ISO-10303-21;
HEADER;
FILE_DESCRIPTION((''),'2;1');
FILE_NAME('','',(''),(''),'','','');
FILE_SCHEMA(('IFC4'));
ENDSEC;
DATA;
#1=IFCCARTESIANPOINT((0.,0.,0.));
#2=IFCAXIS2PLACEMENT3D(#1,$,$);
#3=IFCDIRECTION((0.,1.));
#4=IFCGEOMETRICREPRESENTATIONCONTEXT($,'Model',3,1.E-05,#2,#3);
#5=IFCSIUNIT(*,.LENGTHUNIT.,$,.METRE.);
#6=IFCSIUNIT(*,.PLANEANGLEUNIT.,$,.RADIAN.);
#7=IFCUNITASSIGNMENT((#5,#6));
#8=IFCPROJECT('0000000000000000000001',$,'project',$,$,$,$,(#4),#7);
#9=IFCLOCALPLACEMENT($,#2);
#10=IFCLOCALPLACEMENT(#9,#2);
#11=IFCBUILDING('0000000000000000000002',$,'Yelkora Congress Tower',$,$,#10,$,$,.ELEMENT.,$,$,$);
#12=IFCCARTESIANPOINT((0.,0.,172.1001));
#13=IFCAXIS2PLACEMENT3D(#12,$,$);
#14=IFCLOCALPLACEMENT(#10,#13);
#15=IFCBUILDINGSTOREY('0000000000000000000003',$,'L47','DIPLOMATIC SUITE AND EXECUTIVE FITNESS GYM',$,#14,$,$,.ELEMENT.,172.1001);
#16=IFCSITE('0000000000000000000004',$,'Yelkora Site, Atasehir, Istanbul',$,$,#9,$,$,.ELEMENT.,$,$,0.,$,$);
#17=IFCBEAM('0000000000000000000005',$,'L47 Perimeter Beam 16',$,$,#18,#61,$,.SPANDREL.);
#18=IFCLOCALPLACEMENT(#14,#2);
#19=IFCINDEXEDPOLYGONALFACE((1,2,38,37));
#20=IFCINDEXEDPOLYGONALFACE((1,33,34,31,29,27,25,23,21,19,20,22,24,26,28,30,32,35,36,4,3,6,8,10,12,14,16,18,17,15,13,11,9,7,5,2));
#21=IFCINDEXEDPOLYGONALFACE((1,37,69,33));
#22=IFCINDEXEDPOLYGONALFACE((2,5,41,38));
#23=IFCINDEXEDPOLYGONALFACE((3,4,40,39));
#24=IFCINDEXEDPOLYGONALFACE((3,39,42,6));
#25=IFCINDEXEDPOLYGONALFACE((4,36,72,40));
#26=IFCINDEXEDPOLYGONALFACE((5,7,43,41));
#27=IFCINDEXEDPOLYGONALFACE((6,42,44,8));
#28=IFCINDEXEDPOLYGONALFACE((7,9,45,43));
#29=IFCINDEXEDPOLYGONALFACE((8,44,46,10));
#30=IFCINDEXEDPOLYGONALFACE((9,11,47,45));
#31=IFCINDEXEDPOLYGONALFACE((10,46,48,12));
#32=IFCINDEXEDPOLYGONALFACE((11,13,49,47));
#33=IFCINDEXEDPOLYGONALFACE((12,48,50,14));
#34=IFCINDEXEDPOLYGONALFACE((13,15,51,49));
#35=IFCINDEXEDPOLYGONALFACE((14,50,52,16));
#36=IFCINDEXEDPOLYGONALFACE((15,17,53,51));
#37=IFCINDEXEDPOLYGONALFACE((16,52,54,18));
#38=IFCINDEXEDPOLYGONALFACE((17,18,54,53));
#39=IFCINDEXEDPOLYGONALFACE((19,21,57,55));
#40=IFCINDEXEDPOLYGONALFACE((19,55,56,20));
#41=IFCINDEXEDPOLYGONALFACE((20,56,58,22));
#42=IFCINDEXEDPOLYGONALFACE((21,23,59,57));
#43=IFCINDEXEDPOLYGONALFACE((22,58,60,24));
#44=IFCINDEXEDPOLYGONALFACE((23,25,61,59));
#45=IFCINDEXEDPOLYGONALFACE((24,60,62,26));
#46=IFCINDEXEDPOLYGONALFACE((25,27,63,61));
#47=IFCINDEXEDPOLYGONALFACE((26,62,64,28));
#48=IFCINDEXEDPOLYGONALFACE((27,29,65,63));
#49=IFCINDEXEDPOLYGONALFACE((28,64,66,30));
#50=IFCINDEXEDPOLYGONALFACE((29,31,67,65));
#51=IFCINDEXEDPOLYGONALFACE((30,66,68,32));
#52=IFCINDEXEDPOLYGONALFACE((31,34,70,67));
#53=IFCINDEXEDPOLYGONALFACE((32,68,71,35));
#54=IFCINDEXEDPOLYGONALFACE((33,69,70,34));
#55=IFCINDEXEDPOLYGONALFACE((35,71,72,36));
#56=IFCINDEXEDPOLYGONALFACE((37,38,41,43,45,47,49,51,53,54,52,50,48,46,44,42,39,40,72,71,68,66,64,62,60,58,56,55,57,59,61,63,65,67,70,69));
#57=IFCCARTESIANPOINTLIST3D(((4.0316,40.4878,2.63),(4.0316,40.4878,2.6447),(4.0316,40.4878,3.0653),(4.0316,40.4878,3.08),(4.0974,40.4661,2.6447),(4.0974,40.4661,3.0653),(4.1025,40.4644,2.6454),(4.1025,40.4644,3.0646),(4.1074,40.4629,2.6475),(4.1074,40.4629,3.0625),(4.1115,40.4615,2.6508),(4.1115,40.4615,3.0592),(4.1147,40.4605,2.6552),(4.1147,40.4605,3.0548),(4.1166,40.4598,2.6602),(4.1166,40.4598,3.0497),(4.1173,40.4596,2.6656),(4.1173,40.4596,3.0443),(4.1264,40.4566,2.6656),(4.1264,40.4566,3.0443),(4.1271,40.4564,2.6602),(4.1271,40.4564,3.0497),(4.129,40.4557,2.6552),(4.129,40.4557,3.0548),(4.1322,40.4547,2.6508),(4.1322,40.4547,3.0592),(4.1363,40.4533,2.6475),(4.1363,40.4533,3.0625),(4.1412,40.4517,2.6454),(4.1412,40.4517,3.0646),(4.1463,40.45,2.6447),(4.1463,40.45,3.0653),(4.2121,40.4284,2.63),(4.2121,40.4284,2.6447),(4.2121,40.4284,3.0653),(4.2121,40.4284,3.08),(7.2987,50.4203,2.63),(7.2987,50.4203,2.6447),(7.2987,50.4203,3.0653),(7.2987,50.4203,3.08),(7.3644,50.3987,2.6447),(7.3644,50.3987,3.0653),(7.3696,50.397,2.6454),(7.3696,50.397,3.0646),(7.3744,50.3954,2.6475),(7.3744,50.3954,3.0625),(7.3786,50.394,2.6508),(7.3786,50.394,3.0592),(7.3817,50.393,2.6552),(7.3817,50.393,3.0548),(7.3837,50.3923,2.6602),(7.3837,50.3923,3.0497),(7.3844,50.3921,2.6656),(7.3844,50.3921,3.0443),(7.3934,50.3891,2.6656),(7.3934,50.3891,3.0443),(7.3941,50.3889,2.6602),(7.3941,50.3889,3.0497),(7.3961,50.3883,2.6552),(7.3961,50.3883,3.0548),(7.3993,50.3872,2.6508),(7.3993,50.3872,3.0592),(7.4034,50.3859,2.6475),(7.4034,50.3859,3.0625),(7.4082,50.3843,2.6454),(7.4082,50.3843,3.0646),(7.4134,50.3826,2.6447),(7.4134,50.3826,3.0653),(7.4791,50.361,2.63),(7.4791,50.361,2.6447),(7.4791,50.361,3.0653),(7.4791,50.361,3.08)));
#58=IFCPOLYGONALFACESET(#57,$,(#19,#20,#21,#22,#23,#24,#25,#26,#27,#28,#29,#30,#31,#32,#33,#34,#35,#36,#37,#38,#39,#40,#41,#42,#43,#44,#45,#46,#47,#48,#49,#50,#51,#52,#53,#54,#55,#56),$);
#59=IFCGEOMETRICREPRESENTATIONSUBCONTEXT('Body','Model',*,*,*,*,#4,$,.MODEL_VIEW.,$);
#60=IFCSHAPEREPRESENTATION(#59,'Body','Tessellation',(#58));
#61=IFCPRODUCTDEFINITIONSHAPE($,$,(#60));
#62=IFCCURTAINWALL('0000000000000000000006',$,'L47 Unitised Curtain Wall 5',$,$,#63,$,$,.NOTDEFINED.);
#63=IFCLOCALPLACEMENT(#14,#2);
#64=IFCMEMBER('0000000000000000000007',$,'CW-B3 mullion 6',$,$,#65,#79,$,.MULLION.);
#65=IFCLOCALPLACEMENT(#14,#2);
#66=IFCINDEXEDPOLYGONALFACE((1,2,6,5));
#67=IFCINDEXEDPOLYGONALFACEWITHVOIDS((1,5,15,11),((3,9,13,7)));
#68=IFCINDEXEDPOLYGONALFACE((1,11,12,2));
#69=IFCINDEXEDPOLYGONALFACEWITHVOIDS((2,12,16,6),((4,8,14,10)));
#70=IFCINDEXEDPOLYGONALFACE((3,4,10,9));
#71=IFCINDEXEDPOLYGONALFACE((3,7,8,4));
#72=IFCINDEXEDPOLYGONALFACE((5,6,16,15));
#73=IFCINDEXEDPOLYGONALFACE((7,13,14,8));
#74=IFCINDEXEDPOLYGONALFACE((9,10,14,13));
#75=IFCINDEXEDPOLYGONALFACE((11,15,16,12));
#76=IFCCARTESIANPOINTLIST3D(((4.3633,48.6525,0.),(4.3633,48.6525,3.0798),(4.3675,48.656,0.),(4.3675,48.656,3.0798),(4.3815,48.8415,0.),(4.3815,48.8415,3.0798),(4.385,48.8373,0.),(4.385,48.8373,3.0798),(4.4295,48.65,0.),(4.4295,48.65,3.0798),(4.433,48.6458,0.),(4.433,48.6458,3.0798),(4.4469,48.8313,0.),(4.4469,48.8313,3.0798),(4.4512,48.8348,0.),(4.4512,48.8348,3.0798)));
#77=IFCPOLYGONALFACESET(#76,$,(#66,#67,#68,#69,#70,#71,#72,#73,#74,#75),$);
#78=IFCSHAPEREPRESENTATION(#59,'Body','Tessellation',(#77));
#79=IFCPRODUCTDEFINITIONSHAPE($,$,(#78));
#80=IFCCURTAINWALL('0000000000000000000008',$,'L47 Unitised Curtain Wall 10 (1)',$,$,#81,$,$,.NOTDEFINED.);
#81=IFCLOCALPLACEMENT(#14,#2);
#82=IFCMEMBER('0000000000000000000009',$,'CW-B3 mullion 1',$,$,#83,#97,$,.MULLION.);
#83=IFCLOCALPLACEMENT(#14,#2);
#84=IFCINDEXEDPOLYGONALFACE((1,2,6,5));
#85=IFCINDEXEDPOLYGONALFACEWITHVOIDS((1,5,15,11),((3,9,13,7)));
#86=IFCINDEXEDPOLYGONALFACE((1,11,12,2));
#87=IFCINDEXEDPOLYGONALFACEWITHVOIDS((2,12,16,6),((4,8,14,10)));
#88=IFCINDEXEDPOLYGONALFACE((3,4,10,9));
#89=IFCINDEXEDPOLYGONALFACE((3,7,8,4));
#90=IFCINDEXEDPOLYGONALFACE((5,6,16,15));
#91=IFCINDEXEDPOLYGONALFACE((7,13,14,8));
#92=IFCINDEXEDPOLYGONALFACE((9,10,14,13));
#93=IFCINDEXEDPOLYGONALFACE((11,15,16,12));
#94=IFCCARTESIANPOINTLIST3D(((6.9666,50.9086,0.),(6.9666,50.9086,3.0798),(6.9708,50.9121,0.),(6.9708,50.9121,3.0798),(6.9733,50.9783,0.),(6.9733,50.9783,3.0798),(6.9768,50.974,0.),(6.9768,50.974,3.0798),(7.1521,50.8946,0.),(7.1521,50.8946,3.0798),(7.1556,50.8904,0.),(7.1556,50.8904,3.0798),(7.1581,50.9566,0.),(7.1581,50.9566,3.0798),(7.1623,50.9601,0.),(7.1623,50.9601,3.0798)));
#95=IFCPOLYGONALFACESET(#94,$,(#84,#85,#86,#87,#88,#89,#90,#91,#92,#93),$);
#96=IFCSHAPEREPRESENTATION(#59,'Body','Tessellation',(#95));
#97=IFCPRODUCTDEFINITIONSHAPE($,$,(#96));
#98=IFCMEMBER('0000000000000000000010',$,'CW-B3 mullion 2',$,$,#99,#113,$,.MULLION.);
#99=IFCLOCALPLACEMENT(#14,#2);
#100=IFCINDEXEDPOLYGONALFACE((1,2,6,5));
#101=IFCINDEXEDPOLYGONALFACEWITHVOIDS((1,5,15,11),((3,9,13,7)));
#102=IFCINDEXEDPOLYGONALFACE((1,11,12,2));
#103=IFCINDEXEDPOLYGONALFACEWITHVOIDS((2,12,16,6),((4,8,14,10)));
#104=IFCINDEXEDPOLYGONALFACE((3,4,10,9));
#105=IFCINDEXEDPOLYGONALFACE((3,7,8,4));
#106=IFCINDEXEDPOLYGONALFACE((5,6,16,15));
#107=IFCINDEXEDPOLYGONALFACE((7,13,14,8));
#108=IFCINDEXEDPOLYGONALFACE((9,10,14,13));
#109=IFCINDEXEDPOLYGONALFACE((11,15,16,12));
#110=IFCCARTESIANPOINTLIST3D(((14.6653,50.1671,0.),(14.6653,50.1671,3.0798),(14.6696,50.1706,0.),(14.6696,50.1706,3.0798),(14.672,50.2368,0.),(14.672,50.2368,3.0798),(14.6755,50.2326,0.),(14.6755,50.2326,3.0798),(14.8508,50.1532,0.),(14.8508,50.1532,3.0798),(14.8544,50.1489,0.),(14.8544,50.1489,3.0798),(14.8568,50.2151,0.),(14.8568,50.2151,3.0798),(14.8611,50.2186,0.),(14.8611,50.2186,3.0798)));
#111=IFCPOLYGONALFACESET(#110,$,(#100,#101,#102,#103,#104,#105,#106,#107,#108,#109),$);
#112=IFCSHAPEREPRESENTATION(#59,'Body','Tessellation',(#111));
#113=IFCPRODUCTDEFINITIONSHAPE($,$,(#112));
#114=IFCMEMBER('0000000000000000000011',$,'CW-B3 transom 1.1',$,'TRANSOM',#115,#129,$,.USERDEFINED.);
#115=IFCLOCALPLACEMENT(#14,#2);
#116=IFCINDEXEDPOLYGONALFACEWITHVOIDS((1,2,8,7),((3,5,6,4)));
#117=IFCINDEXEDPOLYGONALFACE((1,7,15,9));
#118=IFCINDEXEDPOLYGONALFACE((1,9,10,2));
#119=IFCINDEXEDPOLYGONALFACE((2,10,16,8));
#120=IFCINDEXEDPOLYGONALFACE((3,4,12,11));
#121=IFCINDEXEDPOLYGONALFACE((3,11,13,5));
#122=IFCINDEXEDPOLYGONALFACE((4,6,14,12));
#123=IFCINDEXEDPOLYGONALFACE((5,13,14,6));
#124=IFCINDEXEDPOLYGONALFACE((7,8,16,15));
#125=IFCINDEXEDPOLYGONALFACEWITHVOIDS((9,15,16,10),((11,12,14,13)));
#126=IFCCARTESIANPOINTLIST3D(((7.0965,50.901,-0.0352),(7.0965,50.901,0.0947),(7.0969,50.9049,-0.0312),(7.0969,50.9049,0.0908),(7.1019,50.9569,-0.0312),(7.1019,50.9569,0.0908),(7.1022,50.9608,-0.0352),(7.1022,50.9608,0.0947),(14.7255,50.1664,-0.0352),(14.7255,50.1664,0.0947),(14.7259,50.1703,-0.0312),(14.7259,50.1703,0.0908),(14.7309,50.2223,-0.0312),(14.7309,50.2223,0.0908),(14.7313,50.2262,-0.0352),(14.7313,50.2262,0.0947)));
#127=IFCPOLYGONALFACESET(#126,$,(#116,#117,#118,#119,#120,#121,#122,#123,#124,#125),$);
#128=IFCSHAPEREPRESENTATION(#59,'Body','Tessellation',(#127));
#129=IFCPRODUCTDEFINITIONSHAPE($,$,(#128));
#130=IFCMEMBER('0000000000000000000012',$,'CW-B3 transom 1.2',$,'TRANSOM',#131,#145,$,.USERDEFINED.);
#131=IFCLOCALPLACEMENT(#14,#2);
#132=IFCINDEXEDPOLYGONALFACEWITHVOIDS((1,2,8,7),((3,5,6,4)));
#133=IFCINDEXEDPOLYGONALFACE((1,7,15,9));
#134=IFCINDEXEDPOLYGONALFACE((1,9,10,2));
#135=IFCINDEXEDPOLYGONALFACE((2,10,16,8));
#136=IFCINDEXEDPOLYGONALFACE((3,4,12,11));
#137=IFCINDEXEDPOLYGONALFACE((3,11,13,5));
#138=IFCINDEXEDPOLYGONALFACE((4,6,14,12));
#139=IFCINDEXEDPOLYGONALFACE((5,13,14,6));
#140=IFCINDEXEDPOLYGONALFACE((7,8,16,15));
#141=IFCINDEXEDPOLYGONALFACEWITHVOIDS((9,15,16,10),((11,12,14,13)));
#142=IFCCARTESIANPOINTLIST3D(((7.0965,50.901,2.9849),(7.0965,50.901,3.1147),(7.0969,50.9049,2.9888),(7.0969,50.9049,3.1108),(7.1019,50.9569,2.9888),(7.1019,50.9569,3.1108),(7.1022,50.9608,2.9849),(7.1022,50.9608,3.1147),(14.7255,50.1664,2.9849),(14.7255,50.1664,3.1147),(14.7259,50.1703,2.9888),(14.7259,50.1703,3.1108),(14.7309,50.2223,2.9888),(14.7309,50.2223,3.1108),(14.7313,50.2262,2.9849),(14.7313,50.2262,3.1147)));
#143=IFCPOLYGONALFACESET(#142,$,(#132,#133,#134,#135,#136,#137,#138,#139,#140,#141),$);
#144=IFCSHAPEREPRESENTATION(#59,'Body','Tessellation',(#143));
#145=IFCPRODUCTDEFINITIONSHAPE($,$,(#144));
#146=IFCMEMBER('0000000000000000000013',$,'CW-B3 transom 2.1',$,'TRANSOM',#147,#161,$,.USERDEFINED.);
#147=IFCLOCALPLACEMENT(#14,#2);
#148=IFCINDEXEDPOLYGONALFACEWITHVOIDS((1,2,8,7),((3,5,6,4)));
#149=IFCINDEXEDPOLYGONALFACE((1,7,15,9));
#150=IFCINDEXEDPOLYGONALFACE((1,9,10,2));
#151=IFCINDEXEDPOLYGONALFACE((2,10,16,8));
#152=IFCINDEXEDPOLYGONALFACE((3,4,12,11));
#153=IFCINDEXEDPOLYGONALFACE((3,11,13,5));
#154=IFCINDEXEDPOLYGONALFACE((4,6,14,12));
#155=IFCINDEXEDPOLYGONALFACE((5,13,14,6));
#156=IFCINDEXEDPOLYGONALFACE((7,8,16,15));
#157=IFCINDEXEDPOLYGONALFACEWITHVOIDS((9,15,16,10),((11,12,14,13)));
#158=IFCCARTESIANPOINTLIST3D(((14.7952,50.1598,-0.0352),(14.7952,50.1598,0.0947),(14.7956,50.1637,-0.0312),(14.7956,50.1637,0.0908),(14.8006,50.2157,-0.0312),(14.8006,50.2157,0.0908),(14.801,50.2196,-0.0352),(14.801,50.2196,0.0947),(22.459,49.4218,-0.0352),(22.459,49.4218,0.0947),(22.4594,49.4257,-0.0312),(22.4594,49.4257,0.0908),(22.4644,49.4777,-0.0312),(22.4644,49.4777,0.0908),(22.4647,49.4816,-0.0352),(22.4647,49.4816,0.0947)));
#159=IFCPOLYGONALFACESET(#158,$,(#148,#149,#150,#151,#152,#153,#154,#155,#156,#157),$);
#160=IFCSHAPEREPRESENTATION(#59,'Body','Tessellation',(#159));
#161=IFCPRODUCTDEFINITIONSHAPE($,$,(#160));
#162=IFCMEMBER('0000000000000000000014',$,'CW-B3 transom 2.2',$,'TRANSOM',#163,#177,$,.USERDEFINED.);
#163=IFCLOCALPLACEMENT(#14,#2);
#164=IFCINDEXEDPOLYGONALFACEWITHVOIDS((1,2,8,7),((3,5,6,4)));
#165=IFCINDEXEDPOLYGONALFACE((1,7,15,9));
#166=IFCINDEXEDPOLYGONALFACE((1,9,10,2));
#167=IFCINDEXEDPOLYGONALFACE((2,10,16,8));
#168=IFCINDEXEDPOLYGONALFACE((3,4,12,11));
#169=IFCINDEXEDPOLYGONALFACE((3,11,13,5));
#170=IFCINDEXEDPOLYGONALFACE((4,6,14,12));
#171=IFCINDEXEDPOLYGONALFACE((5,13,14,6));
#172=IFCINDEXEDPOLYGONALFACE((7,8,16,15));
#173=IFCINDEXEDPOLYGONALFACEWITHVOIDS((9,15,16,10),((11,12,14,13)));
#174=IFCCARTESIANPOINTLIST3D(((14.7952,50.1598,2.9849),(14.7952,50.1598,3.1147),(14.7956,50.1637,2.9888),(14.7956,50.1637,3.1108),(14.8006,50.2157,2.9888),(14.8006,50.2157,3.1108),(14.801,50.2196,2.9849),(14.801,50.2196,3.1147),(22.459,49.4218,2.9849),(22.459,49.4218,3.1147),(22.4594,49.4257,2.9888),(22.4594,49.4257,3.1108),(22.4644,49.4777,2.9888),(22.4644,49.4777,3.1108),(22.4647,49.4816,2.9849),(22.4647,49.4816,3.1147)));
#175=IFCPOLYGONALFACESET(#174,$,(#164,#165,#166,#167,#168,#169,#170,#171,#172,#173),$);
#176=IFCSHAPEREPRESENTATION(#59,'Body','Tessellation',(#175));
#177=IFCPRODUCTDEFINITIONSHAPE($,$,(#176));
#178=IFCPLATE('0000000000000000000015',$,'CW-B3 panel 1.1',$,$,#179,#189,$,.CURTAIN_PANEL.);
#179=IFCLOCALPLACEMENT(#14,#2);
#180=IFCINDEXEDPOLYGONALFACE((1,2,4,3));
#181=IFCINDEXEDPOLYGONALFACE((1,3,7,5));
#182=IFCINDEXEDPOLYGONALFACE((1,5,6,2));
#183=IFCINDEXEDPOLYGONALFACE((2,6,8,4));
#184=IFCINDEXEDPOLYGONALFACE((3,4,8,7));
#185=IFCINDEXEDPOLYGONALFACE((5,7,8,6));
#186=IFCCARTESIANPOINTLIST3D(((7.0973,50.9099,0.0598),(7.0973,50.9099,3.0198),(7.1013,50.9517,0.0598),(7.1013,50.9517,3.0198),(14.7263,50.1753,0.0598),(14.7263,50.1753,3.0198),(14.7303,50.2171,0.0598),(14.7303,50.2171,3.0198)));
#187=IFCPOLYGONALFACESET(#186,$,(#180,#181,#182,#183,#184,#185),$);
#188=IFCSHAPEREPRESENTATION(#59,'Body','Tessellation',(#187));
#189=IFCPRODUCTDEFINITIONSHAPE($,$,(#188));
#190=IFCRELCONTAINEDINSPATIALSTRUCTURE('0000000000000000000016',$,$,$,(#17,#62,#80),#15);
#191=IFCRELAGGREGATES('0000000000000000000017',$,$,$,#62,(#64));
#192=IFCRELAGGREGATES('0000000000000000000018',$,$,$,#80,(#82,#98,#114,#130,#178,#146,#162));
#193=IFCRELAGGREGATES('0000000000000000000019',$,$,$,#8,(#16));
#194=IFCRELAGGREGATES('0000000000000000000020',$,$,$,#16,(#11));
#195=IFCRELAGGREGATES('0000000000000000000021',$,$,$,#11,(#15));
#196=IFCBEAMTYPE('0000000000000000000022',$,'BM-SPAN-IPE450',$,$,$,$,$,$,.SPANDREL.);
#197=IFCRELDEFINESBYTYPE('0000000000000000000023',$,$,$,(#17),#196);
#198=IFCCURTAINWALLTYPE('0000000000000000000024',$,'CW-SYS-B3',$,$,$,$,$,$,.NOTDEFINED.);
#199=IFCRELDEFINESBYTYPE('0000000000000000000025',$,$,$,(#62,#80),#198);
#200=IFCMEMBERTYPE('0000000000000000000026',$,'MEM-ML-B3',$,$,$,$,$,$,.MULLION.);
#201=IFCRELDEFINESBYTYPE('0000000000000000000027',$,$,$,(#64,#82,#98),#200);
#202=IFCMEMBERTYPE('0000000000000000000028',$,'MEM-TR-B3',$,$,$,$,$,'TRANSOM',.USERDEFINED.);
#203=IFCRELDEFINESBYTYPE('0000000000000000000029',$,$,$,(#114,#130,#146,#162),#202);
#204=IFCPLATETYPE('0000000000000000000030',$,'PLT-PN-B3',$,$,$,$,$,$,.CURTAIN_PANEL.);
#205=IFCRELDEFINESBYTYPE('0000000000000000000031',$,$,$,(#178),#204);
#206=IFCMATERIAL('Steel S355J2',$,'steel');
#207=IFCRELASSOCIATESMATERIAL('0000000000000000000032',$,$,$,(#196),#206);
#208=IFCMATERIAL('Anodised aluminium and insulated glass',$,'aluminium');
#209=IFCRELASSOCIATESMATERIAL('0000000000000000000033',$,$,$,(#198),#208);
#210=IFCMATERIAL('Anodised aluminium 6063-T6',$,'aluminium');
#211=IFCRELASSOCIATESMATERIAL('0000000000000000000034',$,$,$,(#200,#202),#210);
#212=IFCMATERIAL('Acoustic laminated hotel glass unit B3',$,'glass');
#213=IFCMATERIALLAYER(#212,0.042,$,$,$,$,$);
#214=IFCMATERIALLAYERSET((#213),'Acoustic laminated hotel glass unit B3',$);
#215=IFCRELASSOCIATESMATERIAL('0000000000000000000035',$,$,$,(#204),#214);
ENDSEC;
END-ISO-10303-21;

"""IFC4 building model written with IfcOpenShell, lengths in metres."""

from ifc_helpers import new_model, si_unit, direction, frame, origin, origin_2d, place, context, subcontext, project, spatial, rectangle, hollow_rectangle, i_section, extrude, material, layer, layer_set, material_profile, profile_set, type_object, element, aggregate, save


model = new_model("IFC4")

# Units and contexts
model_context = context("Model", 3, precision=1e-05, world=origin(), true_north=direction((0.0, 1.0)))
body_context = subcontext(model_context, "Body", "Model", "MODEL_VIEW")
ifc_project = project(units=[si_unit("LENGTHUNIT", "METRE"), si_unit("PLANEANGLEUNIT", "RADIAN")], contexts=[model_context])

# Site, building, storey
site_placement = place(None, origin())
site = spatial("IfcSite", under=ifc_project, at=site_placement, Name="Yelkora Site, Atasehir, Istanbul", CompositionType="ELEMENT", RefElevation=0.0)
building_placement = place(site_placement, origin())
building = spatial("IfcBuilding", under=site, at=building_placement, Name="Yelkora Congress Tower", CompositionType="ELEMENT")
storey_placement = place(building_placement, frame((0.0, 0.0, 172.1001)))
storey = spatial("IfcBuildingStorey", under=building, at=storey_placement, Name="L47", Description="DIPLOMATIC SUITE AND EXECUTIVE FITNESS GYM", CompositionType="ELEMENT", Elevation=172.1001)

# Beam
ifc_material_1 = material(Name="Steel S355J2", Category="steel")
ifc_material_profile_1 = material_profile(ifc_material_1, i_section(OverallWidth=0.1899, OverallDepth=0.45, WebThickness=0.0095, FlangeThickness=0.0146, FilletRadius=0.021, at=origin_2d()), Name="IPE 450")
ifc_profile_set_1 = profile_set([ifc_material_profile_1], Name="Steel S355J2")
beam_type_1 = type_object("IfcBeamType", Name="BM-SPAN-IPE450", PredefinedType="SPANDREL", material=ifc_profile_set_1)
beam_1_placement = place(storey_placement, frame((7.3889, 50.3906, 2.855), z_axis=(-0.312457, -0.949932, 0.0), x_axis=(0.949932, -0.312457, 0.0)))
element("IfcBeam", 1, at=beam_1_placement, inside=storey, type_object=beam_type_1, Name="L47 Perimeter Beam 16", PredefinedType="SPANDREL", context=body_context, shape_type="SweptSolid", body=[
    extrude(i_section(OverallWidth=0.1899, OverallDepth=0.45, WebThickness=0.0095, FlangeThickness=0.0146, FilletRadius=0.021, at=origin_2d()), origin(), (0.0, 0.0, 1.0), 10.4561),
])

# Curtain wall, member
ifc_material_2 = material(Name="Anodised aluminium and insulated glass", Category="aluminium")
curtain_wall_type = type_object("IfcCurtainWallType", Name="CW-SYS-B3", PredefinedType="NOTDEFINED", material=ifc_material_2)
curtain_wall_1_placement = place(storey_placement, origin())
curtain_wall_1 = element("IfcCurtainWall", 2, at=curtain_wall_1_placement, inside=storey, type_object=curtain_wall_type, Name="L47 Unitised Curtain Wall 5", PredefinedType="NOTDEFINED")
ifc_material_3 = material(Name="Anodised aluminium 6063-T6", Category="aluminium")
ifc_material_profile_2 = material_profile(ifc_material_3, hollow_rectangle(XDim=0.0701, YDim=0.1899, WallThickness=0.0039, at=origin_2d()), Name="ALU 70x190x4")
ifc_profile_set_2 = profile_set([ifc_material_profile_2], Name="Anodised aluminium 6063-T6")
member_type_1 = type_object("IfcMemberType", Name="MEM-ML-B3", PredefinedType="MULLION", material=ifc_profile_set_2)
member_1_placement = place(storey_placement, frame((4.4072, 48.7437, 0.0), z_axis=(0.0, 0.0, 1.0), x_axis=(-0.995396, 0.095845, 0.0)))
member_1 = element("IfcMember", 3, at=member_1_placement, type_object=member_type_1, Name="CW-B3 mullion 6", PredefinedType="MULLION", context=body_context, shape_type="SweptSolid", body=[
    extrude(hollow_rectangle(XDim=0.0701, YDim=0.1899, WallThickness=0.0039, at=origin_2d()), origin(), (0.0, 0.0, 1.0), 3.0798),
])
aggregate(curtain_wall_1, [member_1])

# Curtain wall, members, plate
curtain_wall_2_placement = place(storey_placement, origin())
curtain_wall_2 = element("IfcCurtainWall", 4, at=curtain_wall_2_placement, inside=storey, type_object=curtain_wall_type, Name="L47 Unitised Curtain Wall 10 (1)", PredefinedType="NOTDEFINED")
member_2_placement = place(storey_placement, frame((7.0645, 50.9343, 0.0), z_axis=(0.0, 0.0, 1.0), x_axis=(0.095845, 0.995396, 0.0)))
member_2 = element("IfcMember", 5, at=member_2_placement, type_object=member_type_1, Name="CW-B3 mullion 1", PredefinedType="MULLION", context=body_context, shape_type="SweptSolid", body=[
    extrude(hollow_rectangle(XDim=0.0701, YDim=0.1899, WallThickness=0.0039, at=origin_2d()), origin(), (0.0, 0.0, 1.0), 3.0798),
])
member_3_placement = place(storey_placement, frame((14.7632, 50.1929, 0.0), z_axis=(0.0, 0.0, 1.0), x_axis=(0.095845, 0.995396, 0.0)))
member_3 = element("IfcMember", 6, at=member_3_placement, type_object=member_type_1, Name="CW-B3 mullion 2", PredefinedType="MULLION", context=body_context, shape_type="SweptSolid", body=[
    extrude(hollow_rectangle(XDim=0.0701, YDim=0.1899, WallThickness=0.0039, at=origin_2d()), origin(), (0.0, 0.0, 1.0), 3.0798),
])
ifc_material_profile_3 = material_profile(ifc_material_3, hollow_rectangle(XDim=0.0601, YDim=0.1299, WallThickness=0.0039, at=origin_2d()), Name="ALU 60x130x4")
ifc_profile_set_3 = profile_set([ifc_material_profile_3], Name="Anodised aluminium 6063-T6")
member_type_2 = type_object("IfcMemberType", Name="MEM-TR-B3", ElementType="TRANSOM", PredefinedType="USERDEFINED", material=ifc_profile_set_3)
member_4_placement = place(storey_placement, frame((7.0994, 50.9309, 0.0298), z_axis=(0.995396, -0.095851, 0.0), x_axis=(0.095851, 0.995396, 0.0)))
member_4 = element("IfcMember", 7, at=member_4_placement, type_object=member_type_2, Name="CW-B3 transom 1.1", ObjectType="TRANSOM", PredefinedType="USERDEFINED", context=body_context, shape_type="SweptSolid", body=[
    extrude(hollow_rectangle(XDim=0.0601, YDim=0.1299, WallThickness=0.0039, at=origin_2d()), origin(), (0.0, 0.0, 1.0), 7.6643),
])
member_5_placement = place(storey_placement, frame((7.0994, 50.9309, 3.0498), z_axis=(0.995396, -0.095851, 0.0), x_axis=(0.095851, 0.995396, 0.0)))
member_5 = element("IfcMember", 8, at=member_5_placement, type_object=member_type_2, Name="CW-B3 transom 1.2", ObjectType="TRANSOM", PredefinedType="USERDEFINED", context=body_context, shape_type="SweptSolid", body=[
    extrude(hollow_rectangle(XDim=0.0601, YDim=0.1299, WallThickness=0.0039, at=origin_2d()), origin(), (0.0, 0.0, 1.0), 7.6643),
])
member_6_placement = place(storey_placement, frame((14.7981, 50.1897, 0.0298), z_axis=(0.995395, -0.095858, 0.0), x_axis=(0.095858, 0.995395, 0.0)))
member_6 = element("IfcMember", 9, at=member_6_placement, type_object=member_type_2, Name="CW-B3 transom 2.1", ObjectType="TRANSOM", PredefinedType="USERDEFINED", context=body_context, shape_type="SweptSolid", body=[
    extrude(hollow_rectangle(XDim=0.0601, YDim=0.1299, WallThickness=0.0039, at=origin_2d()), origin(), (0.0, 0.0, 1.0), 7.6992),
])
member_7_placement = place(storey_placement, frame((14.7981, 50.1897, 3.0498), z_axis=(0.995395, -0.095858, 0.0), x_axis=(0.095858, 0.995395, 0.0)))
member_7 = element("IfcMember", 10, at=member_7_placement, type_object=member_type_2, Name="CW-B3 transom 2.2", ObjectType="TRANSOM", PredefinedType="USERDEFINED", context=body_context, shape_type="SweptSolid", body=[
    extrude(hollow_rectangle(XDim=0.0601, YDim=0.1299, WallThickness=0.0039, at=origin_2d()), origin(), (0.0, 0.0, 1.0), 7.6992),
])
ifc_material_4 = material(Name="Acoustic laminated hotel glass unit B3", Category="glass")
ifc_layer_1 = layer(ifc_material_4, 0.042)
ifc_layer_set_1 = layer_set([ifc_layer_1], Name="Acoustic laminated hotel glass unit B3")
plate_type = type_object("IfcPlateType", Name="PLT-PN-B3", PredefinedType="CURTAIN_PANEL", material=ifc_layer_set_1)
plate_1_placement = place(storey_placement, frame((10.9138, 50.5635, 0.0598), z_axis=(0.0, 0.0, 1.0), x_axis=(0.995396, -0.095845, 0.0)))
plate_1 = element("IfcPlate", 11, at=plate_1_placement, type_object=plate_type, Name="CW-B3 panel 1.1", PredefinedType="CURTAIN_PANEL", context=body_context, shape_type="SweptSolid", body=[
    extrude(rectangle(XDim=7.6643, YDim=0.042, at=origin_2d()), origin(), (0.0, 0.0, 1.0), 2.96),
])
aggregate(curtain_wall_2, [member_2, member_3, member_4, member_5, plate_1, member_6, member_7])

save(model, "model.ifc")
